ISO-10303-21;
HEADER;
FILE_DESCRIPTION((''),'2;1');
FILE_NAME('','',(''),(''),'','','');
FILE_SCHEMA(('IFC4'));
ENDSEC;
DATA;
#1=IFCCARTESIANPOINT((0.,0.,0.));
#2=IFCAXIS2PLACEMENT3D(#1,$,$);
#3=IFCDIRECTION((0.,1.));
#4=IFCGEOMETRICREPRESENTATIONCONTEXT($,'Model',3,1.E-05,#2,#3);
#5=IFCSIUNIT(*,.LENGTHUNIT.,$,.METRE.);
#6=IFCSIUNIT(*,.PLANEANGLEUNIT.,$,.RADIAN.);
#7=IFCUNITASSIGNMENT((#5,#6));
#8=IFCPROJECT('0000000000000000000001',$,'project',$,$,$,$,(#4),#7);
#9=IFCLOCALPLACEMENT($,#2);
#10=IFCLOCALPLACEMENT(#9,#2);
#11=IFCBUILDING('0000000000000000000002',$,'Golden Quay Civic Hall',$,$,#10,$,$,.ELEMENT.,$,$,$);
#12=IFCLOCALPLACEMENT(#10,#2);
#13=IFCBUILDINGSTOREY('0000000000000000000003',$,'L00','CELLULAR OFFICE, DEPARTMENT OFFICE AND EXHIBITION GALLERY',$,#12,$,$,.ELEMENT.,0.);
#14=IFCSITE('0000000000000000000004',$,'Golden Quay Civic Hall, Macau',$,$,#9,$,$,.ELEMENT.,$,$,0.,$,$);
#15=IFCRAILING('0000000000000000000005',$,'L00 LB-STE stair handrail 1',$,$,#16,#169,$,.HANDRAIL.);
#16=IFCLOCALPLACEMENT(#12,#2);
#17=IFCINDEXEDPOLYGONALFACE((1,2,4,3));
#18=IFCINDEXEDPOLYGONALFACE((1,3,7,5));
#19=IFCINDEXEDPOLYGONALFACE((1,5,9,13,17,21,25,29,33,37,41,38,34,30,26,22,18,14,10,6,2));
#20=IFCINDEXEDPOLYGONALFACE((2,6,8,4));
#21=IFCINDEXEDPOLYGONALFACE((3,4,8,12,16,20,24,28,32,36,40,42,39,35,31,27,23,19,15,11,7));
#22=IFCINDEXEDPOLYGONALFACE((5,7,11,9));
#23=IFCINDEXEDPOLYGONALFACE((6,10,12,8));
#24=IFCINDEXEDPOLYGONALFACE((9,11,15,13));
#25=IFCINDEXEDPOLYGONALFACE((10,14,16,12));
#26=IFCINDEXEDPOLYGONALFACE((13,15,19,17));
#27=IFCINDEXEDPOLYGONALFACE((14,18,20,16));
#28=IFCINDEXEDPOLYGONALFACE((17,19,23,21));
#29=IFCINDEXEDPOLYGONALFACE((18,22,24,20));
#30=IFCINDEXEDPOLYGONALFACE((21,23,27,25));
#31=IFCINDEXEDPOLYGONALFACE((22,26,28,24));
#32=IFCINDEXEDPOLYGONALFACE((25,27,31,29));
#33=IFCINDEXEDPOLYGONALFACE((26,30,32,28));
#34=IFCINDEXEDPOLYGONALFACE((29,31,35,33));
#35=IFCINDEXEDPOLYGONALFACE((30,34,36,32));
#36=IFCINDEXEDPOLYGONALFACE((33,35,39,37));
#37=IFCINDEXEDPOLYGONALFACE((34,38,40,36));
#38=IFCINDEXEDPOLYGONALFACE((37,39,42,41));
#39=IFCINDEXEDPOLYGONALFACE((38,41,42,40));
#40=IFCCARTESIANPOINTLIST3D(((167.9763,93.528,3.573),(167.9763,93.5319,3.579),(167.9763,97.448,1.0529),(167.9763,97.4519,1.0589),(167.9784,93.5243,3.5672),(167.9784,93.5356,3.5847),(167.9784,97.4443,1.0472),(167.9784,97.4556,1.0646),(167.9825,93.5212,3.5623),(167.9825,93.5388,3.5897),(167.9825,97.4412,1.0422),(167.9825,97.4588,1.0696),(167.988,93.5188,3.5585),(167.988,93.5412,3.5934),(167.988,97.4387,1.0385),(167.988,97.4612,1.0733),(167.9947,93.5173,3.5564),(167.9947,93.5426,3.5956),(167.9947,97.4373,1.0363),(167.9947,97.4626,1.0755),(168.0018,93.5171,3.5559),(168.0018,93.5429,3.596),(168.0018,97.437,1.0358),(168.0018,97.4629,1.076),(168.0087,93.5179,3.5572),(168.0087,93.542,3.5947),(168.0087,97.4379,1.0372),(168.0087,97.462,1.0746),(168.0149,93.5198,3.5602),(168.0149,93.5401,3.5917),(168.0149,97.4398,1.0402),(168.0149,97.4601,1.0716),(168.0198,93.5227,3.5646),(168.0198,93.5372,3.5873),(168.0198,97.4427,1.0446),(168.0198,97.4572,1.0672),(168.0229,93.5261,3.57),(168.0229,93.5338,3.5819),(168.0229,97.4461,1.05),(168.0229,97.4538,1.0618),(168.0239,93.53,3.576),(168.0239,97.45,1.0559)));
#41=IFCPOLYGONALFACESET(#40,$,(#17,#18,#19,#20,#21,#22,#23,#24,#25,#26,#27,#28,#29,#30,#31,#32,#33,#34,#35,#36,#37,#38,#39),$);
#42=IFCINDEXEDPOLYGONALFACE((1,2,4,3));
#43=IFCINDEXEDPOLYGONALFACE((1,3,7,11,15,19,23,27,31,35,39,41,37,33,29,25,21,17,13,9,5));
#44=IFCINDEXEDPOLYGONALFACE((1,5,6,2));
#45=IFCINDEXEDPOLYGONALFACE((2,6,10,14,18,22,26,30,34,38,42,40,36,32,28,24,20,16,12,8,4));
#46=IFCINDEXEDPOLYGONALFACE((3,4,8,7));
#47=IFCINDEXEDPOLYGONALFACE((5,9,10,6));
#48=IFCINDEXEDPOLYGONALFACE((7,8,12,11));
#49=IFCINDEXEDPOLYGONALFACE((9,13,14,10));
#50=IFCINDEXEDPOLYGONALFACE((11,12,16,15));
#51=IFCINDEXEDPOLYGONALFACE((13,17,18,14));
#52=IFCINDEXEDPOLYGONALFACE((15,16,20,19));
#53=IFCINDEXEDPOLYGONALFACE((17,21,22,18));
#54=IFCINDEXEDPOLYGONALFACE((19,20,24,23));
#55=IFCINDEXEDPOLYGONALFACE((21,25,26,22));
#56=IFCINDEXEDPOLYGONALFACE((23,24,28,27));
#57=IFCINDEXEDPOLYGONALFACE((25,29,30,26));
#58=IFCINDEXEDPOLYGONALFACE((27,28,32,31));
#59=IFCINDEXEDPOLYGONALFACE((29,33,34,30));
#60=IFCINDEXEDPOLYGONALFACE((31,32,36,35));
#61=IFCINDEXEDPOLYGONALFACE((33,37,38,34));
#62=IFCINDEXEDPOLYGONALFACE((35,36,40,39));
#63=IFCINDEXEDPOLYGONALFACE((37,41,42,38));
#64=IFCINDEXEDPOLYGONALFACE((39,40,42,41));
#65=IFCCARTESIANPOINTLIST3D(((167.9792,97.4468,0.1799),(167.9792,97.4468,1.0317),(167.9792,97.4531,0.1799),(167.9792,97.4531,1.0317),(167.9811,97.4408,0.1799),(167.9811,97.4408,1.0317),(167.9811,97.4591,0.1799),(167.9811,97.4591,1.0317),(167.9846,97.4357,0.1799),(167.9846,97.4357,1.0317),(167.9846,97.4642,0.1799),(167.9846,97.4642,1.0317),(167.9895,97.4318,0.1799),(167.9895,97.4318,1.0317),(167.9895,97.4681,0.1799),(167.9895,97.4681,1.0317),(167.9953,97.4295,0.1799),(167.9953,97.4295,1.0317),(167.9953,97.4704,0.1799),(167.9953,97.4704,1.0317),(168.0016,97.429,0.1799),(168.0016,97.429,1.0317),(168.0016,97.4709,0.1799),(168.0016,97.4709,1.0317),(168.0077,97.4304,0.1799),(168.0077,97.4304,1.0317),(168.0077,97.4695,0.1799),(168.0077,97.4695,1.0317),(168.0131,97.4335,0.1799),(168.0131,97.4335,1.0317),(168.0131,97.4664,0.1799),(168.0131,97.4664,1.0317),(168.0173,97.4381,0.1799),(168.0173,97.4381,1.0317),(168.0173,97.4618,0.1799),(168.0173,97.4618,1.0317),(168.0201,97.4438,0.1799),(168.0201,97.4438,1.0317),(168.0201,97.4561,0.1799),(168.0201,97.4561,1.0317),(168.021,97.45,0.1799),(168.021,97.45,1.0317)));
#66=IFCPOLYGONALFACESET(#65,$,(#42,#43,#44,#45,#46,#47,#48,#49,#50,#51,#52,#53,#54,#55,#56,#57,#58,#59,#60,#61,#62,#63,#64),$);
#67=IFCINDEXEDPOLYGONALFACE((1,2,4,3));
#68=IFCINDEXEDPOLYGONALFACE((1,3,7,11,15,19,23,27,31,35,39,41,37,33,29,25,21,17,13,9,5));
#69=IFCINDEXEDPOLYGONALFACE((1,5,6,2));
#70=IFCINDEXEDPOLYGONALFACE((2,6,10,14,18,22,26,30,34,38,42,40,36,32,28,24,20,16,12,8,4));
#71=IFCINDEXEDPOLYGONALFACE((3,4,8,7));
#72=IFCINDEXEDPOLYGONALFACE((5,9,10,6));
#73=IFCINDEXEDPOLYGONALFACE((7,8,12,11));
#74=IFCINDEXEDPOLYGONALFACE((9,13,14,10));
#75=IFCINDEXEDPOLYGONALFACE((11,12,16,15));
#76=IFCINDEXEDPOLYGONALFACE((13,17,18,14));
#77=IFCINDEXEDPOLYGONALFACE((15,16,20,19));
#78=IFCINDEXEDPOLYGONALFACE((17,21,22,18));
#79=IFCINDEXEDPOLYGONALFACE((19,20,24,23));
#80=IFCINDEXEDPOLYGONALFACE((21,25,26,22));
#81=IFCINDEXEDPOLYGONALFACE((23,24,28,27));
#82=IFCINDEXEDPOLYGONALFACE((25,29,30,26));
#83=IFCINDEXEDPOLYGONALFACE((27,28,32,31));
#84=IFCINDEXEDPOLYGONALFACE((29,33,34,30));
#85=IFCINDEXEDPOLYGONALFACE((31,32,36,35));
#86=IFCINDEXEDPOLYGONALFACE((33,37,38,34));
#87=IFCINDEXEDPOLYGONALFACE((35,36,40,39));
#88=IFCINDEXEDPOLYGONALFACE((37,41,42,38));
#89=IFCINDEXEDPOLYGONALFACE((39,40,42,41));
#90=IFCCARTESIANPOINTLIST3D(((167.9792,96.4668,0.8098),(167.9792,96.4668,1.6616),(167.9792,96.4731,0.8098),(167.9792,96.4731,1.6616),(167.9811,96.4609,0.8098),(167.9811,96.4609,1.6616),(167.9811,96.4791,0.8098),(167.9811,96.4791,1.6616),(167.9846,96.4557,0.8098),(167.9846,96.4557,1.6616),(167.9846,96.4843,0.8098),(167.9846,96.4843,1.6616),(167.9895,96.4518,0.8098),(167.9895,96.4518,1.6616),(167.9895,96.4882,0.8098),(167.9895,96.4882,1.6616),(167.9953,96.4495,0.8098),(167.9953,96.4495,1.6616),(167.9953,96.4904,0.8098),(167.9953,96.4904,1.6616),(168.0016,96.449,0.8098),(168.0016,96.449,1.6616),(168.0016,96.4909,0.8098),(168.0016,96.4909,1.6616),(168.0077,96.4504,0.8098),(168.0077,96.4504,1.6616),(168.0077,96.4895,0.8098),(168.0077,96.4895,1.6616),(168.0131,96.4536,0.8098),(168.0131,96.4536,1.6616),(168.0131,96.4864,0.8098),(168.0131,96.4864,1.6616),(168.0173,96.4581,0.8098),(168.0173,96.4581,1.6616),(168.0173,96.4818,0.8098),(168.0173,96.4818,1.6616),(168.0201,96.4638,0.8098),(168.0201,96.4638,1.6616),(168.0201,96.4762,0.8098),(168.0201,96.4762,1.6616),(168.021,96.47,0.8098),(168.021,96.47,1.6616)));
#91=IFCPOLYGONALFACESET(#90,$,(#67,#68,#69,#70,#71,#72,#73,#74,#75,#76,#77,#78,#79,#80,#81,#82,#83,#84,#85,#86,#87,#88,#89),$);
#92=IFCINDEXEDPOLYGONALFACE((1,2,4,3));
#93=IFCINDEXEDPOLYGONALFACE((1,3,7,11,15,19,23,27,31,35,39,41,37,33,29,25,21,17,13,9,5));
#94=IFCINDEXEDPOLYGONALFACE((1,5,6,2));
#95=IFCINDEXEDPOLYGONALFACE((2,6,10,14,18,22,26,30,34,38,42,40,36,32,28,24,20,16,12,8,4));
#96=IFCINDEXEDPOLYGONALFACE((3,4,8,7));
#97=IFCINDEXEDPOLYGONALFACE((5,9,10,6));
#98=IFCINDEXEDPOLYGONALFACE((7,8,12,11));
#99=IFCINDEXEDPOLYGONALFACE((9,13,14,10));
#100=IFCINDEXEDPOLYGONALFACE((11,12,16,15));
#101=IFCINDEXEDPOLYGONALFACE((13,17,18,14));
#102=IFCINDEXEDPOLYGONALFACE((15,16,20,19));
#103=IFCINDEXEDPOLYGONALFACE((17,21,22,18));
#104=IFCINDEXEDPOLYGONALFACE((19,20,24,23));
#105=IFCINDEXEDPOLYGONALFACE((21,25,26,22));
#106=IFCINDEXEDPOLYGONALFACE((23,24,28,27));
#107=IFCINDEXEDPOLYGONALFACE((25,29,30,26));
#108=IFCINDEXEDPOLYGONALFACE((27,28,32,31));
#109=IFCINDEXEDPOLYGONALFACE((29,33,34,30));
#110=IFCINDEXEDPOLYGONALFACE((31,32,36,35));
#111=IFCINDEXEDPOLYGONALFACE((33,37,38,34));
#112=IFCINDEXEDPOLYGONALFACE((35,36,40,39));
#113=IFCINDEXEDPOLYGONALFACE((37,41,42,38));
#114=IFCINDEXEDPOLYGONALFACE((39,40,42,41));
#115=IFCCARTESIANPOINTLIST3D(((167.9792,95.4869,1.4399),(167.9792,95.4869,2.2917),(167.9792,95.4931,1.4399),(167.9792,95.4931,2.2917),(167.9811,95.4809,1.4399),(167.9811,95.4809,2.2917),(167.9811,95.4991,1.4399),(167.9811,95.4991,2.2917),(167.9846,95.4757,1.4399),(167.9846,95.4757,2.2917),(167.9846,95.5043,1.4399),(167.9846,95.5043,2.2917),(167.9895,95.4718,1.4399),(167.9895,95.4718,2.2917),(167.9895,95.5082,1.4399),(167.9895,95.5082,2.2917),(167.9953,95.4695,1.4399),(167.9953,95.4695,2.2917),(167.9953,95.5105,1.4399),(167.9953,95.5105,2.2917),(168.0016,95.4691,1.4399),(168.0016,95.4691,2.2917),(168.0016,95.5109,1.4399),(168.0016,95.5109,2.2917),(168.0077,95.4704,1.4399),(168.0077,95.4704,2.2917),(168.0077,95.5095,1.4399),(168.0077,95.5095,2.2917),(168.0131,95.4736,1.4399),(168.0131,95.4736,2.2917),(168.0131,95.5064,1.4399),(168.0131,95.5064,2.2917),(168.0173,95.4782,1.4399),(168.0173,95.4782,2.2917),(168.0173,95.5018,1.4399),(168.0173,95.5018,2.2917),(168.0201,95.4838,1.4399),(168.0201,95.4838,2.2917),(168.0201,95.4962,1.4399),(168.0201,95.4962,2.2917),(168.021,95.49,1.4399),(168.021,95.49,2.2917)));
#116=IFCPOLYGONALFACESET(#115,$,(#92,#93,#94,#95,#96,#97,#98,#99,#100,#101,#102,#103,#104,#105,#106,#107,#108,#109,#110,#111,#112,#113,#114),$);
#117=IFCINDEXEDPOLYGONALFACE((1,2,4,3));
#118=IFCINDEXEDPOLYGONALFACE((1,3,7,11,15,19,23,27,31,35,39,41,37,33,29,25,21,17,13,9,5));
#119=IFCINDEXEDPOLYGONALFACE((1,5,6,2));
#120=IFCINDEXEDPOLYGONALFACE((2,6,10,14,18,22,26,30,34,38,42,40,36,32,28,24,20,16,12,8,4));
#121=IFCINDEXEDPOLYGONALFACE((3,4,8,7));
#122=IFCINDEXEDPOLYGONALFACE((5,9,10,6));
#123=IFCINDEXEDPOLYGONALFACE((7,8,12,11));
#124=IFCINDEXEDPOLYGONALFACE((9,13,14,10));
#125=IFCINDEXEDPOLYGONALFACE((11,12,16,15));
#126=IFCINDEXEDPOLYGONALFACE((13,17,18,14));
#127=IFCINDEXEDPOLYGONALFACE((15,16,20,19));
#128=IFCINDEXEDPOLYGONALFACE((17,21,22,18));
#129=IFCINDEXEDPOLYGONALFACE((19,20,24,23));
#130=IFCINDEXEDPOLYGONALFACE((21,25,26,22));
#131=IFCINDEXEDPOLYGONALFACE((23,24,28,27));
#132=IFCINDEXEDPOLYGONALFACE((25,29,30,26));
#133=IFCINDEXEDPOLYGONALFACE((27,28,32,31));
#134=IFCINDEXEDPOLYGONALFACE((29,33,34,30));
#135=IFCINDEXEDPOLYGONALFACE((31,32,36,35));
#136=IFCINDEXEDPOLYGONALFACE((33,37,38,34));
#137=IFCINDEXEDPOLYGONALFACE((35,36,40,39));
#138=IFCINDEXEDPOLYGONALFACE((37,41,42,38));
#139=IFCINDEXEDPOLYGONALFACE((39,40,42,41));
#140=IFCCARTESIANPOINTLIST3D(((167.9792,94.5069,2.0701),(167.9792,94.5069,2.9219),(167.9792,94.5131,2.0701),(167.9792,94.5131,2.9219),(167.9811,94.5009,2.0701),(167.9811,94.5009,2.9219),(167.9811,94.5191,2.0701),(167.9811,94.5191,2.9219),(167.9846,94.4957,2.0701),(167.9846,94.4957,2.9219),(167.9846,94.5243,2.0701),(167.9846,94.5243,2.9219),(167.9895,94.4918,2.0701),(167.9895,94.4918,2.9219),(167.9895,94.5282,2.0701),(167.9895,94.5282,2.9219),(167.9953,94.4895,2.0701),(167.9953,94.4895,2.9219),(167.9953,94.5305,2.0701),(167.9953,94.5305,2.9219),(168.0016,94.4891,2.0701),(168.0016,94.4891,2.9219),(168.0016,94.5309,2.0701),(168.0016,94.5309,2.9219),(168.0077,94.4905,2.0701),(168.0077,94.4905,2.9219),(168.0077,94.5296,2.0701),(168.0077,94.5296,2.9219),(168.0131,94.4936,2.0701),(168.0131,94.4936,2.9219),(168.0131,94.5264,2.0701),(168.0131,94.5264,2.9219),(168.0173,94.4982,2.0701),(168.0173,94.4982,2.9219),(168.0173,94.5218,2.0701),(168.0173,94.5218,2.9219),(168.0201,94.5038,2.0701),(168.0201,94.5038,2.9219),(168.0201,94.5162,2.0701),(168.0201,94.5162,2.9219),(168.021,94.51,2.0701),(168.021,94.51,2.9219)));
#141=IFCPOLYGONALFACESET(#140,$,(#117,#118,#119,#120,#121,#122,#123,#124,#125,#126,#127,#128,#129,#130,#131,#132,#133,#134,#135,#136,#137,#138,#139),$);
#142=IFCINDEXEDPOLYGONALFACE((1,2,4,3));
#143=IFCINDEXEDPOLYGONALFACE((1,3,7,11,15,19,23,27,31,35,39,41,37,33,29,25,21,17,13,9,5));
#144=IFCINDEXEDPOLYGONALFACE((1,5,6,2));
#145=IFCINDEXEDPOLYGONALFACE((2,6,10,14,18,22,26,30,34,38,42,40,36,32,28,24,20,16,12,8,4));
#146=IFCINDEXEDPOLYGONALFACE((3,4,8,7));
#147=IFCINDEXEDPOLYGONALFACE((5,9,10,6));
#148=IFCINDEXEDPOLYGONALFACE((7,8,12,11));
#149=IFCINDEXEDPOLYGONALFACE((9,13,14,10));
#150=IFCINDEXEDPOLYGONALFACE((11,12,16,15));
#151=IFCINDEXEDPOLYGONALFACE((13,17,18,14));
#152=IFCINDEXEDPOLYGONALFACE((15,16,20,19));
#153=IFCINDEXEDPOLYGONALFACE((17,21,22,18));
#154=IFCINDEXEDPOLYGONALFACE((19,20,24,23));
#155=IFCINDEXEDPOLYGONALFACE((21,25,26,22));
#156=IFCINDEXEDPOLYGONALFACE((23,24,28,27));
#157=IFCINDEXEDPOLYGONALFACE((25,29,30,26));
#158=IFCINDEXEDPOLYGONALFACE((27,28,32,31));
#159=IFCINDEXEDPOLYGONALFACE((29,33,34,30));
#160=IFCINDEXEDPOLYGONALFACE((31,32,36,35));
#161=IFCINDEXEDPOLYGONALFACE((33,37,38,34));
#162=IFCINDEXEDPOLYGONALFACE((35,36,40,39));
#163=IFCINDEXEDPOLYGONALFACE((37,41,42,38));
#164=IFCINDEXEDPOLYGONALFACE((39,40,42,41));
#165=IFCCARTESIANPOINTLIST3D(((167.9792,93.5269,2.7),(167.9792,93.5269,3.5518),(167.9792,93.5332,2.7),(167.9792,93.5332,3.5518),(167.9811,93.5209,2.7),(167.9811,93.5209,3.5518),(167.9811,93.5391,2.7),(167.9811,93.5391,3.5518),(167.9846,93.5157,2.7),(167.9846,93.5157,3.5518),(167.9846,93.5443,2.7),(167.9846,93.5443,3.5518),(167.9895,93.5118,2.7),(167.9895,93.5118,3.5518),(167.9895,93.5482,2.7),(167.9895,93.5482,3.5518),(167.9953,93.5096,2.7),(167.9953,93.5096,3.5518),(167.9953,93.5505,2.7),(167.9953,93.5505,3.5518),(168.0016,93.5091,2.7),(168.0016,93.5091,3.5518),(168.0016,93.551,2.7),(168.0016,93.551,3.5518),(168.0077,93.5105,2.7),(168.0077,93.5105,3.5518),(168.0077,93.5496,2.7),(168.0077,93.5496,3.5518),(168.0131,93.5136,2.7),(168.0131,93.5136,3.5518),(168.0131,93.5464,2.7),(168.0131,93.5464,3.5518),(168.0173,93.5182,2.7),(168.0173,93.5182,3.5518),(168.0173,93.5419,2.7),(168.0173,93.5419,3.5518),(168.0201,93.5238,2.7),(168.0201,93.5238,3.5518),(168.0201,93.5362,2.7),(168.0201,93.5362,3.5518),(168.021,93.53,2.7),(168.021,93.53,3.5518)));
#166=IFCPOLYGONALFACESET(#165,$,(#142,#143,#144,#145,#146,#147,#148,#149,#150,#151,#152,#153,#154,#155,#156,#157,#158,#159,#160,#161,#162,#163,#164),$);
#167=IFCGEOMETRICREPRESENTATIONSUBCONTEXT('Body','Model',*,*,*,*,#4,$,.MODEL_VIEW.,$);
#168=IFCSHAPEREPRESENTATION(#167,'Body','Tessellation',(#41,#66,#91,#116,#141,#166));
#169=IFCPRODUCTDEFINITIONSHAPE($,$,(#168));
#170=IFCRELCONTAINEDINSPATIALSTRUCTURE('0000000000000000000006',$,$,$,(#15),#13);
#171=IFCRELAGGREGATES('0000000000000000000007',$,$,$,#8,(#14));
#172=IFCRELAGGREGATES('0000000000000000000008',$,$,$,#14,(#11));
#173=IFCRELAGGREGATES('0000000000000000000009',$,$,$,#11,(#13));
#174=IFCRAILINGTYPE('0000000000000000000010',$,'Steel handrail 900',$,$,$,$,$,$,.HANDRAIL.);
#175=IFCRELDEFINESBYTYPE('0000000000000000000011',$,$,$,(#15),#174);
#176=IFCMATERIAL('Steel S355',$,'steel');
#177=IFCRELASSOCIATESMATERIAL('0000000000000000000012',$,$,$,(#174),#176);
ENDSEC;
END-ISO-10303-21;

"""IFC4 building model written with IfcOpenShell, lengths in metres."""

from ifc_helpers import new_model, si_unit, direction, frame, origin, origin_2d, place, context, subcontext, project, spatial, circle, extrude, material, type_object, element, save


model = new_model("IFC4")

# Units and contexts
model_context = context("Model", 3, precision=1e-05, world=origin(), true_north=direction((0.0, 1.0)))
body_context = subcontext(model_context, "Body", "Model", "MODEL_VIEW")
ifc_project = project(units=[si_unit("LENGTHUNIT", "METRE"), si_unit("PLANEANGLEUNIT", "RADIAN")], contexts=[model_context])

# Site, building, storey
site_placement = place(None, origin())
site = spatial("IfcSite", under=ifc_project, at=site_placement, Name="Golden Quay Civic Hall, Macau", CompositionType="ELEMENT", RefElevation=0.0)
building_placement = place(site_placement, origin())
building = spatial("IfcBuilding", under=site, at=building_placement, Name="Golden Quay Civic Hall", CompositionType="ELEMENT")
storey_placement = place(building_placement, origin())
storey = spatial("IfcBuildingStorey", under=building, at=storey_placement, Name="L00", Description="CELLULAR OFFICE, DEPARTMENT OFFICE AND EXHIBITION GALLERY", CompositionType="ELEMENT", Elevation=0.0)

# Railing
ifc_material_1 = material(Name="Steel S355", Category="steel")
railing_type_1 = type_object("IfcRailingType", Name="Steel handrail 900", PredefinedType="HANDRAIL", material=ifc_material_1)
railing_1_placement = place(storey_placement, frame((168.0, 97.45, 0.1799)))
element("IfcRailing", 1, at=railing_1_placement, inside=storey, type_object=railing_type_1, Name="L00 LB-STE stair handrail 1", PredefinedType="HANDRAIL", context=body_context, shape_type="SweptSolid", body=[
    extrude(circle(Radius=0.0239, at=origin_2d()), frame((0.0, 0.0, 0.876), z_axis=(0.0, -0.841172, 0.540768), x_axis=(1.0, 0.0, 0.0)), (0.0, 0.0, 1.0), 4.6602),
    extrude(circle(Radius=0.021, at=origin_2d()), origin(), (0.0, 0.0, 1.0), 0.8518),
    extrude(circle(Radius=0.021, at=origin_2d()), frame((0.0, -0.98, 0.6299)), (0.0, 0.0, 1.0), 0.8518),
    extrude(circle(Radius=0.021, at=origin_2d()), frame((0.0, -1.96, 1.26)), (0.0, 0.0, 1.0), 0.8518),
    extrude(circle(Radius=0.021, at=origin_2d()), frame((0.0, -2.9399, 1.8901)), (0.0, 0.0, 1.0), 0.8518),
    extrude(circle(Radius=0.021, at=origin_2d()), frame((0.0, -3.9199, 2.52)), (0.0, 0.0, 1.0), 0.8518),
])

save(model, "model.ifc")
